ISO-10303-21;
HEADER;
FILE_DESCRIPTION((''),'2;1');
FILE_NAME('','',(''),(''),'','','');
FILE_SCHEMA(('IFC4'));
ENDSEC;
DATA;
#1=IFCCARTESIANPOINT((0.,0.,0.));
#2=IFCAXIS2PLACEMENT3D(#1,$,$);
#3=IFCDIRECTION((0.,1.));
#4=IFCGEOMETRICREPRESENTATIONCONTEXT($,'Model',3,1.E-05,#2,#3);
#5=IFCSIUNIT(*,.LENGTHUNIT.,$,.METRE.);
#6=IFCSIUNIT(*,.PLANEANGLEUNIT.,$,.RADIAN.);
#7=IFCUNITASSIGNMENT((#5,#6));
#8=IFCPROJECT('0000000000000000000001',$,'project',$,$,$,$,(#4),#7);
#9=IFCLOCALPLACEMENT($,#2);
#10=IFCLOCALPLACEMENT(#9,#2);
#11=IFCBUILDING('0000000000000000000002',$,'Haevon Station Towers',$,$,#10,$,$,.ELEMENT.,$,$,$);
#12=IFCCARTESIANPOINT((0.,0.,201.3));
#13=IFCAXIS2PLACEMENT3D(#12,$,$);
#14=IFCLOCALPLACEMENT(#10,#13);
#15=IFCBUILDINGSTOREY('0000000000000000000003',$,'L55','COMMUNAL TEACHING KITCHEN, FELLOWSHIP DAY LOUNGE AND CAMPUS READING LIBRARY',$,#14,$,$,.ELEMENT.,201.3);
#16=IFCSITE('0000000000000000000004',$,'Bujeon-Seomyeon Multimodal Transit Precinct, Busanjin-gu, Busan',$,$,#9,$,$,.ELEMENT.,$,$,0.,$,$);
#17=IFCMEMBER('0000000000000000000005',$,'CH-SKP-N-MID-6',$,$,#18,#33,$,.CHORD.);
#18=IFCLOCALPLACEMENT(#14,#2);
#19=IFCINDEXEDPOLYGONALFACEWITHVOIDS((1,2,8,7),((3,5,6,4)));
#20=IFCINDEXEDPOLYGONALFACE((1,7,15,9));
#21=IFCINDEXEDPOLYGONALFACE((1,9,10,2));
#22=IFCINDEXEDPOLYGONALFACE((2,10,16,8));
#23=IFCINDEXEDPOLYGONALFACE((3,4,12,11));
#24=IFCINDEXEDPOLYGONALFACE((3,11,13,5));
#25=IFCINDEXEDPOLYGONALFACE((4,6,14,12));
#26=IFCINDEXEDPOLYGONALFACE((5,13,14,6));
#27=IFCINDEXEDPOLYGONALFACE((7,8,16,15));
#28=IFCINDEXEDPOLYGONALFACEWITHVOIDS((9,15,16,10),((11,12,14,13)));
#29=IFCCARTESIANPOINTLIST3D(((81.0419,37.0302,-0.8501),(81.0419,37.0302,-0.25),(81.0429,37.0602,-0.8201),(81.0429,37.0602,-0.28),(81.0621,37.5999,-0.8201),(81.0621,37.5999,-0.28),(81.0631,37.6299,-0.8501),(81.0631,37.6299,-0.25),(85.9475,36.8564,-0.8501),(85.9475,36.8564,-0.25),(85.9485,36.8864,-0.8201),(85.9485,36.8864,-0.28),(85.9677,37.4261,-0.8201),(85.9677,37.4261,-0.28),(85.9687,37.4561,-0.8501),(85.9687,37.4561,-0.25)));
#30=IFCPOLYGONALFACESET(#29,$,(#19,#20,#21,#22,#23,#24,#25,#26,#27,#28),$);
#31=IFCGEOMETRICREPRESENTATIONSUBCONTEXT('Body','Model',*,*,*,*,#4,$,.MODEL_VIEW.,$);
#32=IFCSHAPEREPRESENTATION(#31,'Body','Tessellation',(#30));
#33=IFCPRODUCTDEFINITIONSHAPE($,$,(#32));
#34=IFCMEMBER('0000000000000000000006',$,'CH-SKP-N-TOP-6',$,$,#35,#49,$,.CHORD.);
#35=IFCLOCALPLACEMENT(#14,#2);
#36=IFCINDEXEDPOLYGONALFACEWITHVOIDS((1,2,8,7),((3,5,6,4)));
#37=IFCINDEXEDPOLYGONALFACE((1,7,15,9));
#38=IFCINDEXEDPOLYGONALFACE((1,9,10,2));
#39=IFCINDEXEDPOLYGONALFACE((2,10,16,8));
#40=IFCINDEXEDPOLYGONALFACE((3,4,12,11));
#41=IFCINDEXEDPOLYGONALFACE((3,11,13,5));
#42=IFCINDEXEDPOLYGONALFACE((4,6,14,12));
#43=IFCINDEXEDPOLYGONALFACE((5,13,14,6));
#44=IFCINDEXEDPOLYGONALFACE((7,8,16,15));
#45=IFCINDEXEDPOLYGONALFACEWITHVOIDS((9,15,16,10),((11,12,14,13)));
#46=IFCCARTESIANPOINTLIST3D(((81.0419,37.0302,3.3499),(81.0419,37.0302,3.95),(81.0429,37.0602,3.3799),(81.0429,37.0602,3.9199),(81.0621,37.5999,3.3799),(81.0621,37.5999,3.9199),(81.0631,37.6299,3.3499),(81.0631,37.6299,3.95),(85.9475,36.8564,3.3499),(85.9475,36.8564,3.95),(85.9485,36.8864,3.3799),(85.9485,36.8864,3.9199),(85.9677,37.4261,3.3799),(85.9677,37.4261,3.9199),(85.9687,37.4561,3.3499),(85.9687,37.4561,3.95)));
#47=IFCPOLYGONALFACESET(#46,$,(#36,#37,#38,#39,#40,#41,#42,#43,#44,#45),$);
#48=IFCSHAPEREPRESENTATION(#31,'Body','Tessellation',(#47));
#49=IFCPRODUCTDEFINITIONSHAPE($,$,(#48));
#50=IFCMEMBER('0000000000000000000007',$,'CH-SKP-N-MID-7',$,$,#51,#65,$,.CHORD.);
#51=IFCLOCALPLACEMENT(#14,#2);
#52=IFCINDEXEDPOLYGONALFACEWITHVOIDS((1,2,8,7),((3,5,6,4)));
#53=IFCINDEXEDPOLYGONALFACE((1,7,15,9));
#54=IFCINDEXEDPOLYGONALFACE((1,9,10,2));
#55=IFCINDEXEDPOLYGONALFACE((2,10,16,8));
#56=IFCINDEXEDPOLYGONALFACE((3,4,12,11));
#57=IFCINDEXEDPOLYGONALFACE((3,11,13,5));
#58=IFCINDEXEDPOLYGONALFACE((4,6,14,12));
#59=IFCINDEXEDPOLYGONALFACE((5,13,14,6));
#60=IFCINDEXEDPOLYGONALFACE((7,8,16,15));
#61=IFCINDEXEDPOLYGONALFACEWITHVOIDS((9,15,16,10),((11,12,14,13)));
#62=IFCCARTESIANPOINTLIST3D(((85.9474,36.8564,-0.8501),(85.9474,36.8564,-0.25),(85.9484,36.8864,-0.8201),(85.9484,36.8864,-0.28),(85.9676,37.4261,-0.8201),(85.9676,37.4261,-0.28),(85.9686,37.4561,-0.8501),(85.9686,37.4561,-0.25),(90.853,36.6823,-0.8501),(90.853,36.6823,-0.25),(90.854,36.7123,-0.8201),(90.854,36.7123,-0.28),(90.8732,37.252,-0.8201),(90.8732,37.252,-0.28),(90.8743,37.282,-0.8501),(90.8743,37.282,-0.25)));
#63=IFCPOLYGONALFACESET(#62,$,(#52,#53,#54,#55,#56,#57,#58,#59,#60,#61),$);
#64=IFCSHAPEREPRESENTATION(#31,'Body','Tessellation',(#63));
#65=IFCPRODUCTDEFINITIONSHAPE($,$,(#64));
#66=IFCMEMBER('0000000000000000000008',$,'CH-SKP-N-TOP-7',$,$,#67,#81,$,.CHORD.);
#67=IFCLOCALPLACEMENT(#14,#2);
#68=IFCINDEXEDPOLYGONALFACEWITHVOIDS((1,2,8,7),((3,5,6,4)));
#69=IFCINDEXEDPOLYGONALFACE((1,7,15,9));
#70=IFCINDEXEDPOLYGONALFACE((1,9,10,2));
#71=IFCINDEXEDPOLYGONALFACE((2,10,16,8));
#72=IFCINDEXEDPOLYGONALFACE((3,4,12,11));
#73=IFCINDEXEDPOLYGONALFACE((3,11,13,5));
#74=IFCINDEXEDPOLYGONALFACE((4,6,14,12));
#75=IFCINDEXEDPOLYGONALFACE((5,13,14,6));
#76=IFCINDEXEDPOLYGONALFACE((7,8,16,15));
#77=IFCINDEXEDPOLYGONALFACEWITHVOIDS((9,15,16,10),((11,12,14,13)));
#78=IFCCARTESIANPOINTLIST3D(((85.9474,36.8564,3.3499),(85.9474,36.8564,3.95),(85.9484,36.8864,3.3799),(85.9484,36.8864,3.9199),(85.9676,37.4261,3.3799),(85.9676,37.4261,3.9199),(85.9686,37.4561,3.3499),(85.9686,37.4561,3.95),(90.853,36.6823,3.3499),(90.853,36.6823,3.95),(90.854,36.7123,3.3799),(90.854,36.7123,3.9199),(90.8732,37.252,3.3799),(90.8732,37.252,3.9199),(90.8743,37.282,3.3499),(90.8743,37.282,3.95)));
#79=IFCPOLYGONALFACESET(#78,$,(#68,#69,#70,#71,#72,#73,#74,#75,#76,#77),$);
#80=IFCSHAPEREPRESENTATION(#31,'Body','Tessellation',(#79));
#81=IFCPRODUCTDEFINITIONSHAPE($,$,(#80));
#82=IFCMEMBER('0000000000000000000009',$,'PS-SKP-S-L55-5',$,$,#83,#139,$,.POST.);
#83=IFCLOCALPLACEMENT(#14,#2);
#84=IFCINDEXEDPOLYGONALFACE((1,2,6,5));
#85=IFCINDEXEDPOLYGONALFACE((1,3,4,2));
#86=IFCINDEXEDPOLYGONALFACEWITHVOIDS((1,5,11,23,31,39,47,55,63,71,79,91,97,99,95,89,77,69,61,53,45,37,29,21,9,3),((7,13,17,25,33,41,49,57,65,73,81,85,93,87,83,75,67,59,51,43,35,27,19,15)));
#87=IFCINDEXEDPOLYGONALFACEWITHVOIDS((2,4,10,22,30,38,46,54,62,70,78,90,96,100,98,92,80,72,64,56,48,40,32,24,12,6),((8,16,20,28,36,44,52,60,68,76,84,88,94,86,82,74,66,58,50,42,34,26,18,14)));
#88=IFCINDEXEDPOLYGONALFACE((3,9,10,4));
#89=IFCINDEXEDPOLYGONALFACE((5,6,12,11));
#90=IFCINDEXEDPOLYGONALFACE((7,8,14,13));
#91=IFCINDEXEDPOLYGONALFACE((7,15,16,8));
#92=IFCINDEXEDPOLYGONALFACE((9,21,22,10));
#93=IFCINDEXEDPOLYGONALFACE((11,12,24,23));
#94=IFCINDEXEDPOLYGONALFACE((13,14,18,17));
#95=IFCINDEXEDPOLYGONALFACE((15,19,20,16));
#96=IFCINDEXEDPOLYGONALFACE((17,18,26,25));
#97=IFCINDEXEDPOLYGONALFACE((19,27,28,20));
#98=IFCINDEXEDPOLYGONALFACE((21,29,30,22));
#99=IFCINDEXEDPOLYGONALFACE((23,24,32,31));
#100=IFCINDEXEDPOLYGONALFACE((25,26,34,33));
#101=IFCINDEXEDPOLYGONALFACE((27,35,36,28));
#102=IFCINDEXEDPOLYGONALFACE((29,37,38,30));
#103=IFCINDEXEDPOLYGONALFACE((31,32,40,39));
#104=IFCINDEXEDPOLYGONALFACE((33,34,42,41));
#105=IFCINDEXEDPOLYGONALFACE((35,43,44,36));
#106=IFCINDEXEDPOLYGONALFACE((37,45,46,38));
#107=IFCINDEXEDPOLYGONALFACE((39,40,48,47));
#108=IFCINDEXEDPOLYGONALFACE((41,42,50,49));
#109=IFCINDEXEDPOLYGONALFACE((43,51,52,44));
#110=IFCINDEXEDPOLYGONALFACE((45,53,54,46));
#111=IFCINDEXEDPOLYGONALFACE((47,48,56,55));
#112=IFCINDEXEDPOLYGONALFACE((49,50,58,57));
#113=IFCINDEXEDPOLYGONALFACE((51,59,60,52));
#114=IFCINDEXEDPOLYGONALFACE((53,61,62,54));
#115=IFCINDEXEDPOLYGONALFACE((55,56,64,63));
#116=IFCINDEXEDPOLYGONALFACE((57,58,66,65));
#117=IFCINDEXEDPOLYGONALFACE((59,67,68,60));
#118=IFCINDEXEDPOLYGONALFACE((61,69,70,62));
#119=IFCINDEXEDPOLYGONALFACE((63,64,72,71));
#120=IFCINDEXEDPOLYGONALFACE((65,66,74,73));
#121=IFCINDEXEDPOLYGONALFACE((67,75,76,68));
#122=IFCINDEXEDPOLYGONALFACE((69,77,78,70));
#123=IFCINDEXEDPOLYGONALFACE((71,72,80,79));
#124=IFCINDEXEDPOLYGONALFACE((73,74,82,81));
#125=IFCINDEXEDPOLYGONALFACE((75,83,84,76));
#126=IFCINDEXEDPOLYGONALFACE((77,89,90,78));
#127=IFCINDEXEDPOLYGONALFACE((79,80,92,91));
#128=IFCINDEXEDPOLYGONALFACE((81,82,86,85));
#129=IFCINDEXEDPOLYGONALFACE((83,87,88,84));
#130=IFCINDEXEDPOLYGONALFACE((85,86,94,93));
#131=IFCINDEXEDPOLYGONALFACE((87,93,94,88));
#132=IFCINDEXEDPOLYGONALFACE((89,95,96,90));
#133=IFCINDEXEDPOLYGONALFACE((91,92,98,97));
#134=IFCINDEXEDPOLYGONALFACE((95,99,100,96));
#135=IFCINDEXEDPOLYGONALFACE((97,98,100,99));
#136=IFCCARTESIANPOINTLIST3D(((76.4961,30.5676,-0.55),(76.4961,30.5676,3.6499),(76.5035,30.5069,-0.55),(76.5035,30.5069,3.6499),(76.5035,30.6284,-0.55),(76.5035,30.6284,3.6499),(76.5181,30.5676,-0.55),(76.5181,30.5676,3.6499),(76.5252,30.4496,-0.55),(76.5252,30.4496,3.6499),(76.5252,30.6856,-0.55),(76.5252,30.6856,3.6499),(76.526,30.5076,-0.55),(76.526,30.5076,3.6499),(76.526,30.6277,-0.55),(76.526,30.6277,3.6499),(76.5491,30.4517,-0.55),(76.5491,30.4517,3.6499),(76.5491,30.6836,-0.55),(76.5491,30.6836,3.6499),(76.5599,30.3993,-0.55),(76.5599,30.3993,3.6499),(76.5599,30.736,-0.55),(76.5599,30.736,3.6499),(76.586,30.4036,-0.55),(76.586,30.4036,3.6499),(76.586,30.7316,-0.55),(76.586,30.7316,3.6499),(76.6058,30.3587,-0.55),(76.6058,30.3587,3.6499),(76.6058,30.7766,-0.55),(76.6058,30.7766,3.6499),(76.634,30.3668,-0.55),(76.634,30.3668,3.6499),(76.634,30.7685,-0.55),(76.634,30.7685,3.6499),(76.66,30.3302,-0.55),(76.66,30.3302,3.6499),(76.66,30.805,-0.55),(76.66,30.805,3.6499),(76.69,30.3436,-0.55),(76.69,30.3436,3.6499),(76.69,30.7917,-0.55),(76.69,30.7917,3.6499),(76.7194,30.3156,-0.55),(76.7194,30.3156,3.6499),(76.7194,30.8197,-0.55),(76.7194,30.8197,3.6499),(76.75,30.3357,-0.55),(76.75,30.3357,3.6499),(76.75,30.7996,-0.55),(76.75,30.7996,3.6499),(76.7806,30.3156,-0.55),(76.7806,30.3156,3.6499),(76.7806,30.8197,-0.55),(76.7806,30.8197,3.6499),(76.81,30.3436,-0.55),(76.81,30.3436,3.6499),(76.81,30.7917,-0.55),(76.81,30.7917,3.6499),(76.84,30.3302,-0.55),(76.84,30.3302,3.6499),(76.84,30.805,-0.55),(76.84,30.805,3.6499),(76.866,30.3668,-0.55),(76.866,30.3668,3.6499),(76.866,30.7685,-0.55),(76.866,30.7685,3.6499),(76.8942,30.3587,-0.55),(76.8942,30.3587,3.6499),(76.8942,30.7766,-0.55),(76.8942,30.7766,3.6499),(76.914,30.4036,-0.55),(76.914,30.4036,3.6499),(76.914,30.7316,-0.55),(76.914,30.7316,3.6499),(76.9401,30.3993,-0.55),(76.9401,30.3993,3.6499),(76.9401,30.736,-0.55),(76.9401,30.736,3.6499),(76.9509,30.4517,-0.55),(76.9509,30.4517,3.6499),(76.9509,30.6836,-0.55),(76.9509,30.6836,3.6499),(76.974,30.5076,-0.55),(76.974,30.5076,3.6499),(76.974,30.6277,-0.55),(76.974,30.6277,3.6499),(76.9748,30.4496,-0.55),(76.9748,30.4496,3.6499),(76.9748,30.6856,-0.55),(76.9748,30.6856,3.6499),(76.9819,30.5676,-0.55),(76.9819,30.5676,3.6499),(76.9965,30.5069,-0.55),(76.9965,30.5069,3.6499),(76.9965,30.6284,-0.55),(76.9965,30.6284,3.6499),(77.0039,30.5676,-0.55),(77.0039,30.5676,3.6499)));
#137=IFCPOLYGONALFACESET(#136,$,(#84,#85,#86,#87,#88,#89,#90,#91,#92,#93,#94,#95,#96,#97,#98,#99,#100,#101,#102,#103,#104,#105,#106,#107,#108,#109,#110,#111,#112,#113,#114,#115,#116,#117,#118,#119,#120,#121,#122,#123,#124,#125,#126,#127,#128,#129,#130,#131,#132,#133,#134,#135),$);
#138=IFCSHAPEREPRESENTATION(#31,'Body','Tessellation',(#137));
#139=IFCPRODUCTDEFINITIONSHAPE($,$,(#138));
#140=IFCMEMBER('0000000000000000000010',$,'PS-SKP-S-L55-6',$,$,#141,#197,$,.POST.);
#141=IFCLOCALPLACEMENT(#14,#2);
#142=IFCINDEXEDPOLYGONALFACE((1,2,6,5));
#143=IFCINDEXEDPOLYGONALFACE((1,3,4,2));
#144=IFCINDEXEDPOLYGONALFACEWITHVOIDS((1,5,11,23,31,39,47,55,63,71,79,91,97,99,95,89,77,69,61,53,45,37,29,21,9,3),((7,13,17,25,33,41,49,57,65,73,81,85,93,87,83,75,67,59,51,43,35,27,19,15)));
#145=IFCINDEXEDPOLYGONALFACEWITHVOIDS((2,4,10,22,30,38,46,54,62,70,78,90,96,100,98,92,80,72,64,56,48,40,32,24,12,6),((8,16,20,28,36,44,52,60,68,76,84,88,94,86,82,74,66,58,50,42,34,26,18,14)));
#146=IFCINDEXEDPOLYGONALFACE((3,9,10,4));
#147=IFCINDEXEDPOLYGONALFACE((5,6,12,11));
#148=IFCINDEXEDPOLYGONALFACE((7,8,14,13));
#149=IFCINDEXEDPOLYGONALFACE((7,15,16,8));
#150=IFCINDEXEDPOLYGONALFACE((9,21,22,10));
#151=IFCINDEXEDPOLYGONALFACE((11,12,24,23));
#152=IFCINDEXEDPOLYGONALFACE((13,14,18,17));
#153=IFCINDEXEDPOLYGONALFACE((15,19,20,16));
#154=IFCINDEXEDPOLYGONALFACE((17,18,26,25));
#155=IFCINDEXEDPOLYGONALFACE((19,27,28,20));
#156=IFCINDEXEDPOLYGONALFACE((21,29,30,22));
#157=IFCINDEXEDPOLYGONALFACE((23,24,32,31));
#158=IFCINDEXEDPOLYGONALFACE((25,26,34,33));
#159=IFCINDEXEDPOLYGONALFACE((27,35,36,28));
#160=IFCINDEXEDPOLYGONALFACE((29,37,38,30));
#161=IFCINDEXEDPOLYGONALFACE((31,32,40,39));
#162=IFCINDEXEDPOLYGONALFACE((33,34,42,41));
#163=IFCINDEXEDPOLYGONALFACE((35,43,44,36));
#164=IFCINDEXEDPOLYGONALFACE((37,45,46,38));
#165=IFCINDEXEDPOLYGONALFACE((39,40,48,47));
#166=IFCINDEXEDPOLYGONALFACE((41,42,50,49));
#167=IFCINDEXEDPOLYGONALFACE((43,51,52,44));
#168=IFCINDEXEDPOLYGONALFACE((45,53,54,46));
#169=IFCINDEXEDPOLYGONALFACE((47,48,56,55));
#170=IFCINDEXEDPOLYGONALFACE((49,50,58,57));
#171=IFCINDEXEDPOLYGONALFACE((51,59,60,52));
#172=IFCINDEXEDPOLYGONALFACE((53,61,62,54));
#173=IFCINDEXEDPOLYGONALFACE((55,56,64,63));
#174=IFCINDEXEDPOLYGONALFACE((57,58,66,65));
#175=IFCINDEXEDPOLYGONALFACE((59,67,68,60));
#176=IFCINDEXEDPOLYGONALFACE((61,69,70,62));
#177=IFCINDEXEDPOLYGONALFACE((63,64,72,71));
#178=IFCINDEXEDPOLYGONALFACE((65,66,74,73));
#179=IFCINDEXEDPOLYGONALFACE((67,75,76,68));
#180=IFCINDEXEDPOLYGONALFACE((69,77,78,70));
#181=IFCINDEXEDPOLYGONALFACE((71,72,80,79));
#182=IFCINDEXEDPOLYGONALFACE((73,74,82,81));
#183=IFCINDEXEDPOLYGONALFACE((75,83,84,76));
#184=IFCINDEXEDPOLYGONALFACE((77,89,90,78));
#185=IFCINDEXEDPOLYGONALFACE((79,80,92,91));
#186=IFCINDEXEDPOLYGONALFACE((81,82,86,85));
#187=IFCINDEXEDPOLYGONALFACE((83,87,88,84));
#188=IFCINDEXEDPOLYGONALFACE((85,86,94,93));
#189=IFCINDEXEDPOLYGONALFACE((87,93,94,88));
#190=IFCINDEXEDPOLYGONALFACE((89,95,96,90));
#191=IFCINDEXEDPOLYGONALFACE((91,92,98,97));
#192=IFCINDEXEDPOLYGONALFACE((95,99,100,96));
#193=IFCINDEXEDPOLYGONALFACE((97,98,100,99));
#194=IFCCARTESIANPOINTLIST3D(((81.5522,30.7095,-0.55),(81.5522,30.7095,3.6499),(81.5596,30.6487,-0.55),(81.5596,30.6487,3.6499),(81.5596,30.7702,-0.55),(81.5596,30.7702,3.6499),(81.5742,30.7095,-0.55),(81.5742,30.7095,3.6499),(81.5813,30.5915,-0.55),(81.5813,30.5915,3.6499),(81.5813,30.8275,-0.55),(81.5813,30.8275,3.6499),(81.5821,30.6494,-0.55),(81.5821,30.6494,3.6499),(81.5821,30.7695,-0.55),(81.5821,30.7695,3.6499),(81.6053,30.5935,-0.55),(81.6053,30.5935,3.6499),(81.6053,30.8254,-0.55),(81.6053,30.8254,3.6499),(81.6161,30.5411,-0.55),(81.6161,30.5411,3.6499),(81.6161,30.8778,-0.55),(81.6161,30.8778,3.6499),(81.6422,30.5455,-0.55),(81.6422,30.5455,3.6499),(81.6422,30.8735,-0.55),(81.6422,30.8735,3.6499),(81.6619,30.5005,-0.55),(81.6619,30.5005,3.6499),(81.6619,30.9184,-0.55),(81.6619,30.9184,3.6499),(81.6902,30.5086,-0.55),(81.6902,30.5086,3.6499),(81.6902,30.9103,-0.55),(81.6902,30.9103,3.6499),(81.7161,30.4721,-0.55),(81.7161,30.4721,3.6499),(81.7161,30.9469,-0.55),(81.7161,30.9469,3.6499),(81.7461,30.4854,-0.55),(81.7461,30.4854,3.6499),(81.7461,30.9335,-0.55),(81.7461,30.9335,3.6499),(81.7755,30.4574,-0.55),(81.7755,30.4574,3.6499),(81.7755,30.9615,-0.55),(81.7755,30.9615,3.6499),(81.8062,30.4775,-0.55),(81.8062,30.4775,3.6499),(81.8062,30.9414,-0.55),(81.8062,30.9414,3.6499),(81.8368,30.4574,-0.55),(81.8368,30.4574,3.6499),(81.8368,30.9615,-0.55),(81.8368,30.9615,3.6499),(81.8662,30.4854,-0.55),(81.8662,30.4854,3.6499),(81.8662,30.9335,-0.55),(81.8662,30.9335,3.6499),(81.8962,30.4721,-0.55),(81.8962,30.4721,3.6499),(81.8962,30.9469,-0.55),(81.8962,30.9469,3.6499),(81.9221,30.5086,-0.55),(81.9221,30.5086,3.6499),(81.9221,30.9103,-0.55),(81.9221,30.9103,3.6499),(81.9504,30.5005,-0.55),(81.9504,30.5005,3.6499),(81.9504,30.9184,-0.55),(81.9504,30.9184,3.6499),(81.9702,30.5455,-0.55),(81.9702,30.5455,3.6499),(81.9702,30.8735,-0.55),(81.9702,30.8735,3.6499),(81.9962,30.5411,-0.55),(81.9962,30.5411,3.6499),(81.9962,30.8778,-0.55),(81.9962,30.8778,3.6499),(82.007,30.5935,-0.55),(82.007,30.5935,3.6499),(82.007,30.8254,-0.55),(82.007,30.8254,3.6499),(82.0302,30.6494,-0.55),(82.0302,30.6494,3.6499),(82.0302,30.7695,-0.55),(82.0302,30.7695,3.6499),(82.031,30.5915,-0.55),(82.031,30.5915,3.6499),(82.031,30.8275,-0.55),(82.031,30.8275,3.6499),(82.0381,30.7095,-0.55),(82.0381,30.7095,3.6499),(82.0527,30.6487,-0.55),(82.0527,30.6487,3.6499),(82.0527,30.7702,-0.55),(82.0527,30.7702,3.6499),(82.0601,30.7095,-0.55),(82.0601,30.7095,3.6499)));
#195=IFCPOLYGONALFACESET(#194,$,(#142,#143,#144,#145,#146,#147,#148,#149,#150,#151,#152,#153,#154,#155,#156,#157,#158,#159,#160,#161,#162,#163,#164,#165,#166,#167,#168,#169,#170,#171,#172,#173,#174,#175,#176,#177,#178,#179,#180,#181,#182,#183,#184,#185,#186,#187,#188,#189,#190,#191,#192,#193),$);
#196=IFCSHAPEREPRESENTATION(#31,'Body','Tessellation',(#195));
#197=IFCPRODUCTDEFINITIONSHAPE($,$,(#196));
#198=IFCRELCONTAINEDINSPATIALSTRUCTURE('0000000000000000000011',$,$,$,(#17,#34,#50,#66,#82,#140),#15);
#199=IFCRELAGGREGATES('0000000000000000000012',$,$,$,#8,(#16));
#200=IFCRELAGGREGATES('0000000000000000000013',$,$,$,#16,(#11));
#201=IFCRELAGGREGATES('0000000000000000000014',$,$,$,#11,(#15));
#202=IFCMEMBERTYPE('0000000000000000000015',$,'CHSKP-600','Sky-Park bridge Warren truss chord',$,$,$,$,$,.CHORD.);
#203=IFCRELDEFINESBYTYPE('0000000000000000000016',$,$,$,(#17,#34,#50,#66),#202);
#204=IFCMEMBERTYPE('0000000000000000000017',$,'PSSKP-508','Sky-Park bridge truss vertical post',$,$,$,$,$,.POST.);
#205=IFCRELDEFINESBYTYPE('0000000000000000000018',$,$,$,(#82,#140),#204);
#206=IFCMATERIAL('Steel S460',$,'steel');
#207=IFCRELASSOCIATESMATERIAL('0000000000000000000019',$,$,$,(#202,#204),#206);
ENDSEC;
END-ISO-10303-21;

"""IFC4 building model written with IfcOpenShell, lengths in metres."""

from ifc_helpers import new_model, si_unit, direction, frame, origin, origin_2d, place, context, subcontext, project, spatial, hollow_rectangle, hollow_circle, extrude, material, material_profile, profile_set, type_object, element, save


model = new_model("IFC4")

# Units and contexts
model_context = context("Model", 3, precision=1e-05, world=origin(), true_north=direction((0.0, 1.0)))
body_context = subcontext(model_context, "Body", "Model", "MODEL_VIEW")
ifc_project = project(units=[si_unit("LENGTHUNIT", "METRE"), si_unit("PLANEANGLEUNIT", "RADIAN")], contexts=[model_context])

# Site, building, storey
site_placement = place(None, origin())
site = spatial("IfcSite", under=ifc_project, at=site_placement, Name="Bujeon-Seomyeon Multimodal Transit Precinct, Busanjin-gu, Busan", CompositionType="ELEMENT", RefElevation=0.0)
building_placement = place(site_placement, origin())
building = spatial("IfcBuilding", under=site, at=building_placement, Name="Haevon Station Towers", CompositionType="ELEMENT")
storey_placement = place(building_placement, frame((0.0, 0.0, 201.3)))
storey = spatial("IfcBuildingStorey", under=building, at=storey_placement, Name="L55", Description="COMMUNAL TEACHING KITCHEN, FELLOWSHIP DAY LOUNGE AND CAMPUS READING LIBRARY", CompositionType="ELEMENT", Elevation=201.3)

# Members
ifc_material_1 = material(Name="Steel S460", Category="steel")
ifc_material_profile_1 = material_profile(ifc_material_1, hollow_rectangle(XDim=0.6001, YDim=0.6001, WallThickness=0.03, at=origin_2d()), Name="RHS-600x600x30")
ifc_profile_set_1 = profile_set([ifc_material_profile_1], Name="Steel S460")
member_type_1 = type_object("IfcMemberType", Name="CHSKP-600", Description="Sky-Park bridge Warren truss chord", PredefinedType="CHORD", material=ifc_profile_set_1)
for number, where, z_axis, x_axis, name in (
    (1, (81.0525, 37.3301, -0.55), (0.999373, -0.035413, 0.0), (0.035413, 0.999373, 0.0), "CH-SKP-N-MID-6"),
    (2, (81.0525, 37.3301, 3.6499), (0.999373, -0.035413, 0.0), (0.035413, 0.999373, 0.0), "CH-SKP-N-TOP-6"),
    (3, (85.958, 37.1562, -0.55), (0.999371, -0.035463, 0.0), (0.035463, 0.999371, 0.0), "CH-SKP-N-MID-7"),
    (4, (85.958, 37.1562, 3.6499), (0.999371, -0.035463, 0.0), (0.035463, 0.999371, 0.0), "CH-SKP-N-TOP-7"),
):
    element("IfcMember", number, at=place(storey_placement, frame(where, z_axis=z_axis, x_axis=x_axis)), inside=storey, type_object=member_type_1, Name=name, PredefinedType="CHORD", context=body_context, shape_type="SweptSolid", body=[
        extrude(hollow_rectangle(XDim=0.6001, YDim=0.6001, WallThickness=0.03, at=origin_2d()), origin(), (0.0, 0.0, 1.0), 4.9087),
    ])
ifc_material_profile_2 = material_profile(ifc_material_1, hollow_circle(Radius=0.2539, WallThickness=0.022, at=origin_2d()), Name="CHS-508x22")
ifc_profile_set_2 = profile_set([ifc_material_profile_2], Name="Steel S460")
member_type_2 = type_object("IfcMemberType", Name="PSSKP-508", Description="Sky-Park bridge truss vertical post", PredefinedType="POST", material=ifc_profile_set_2)
for number, where, z_axis, x_axis, name in (
    (5, (76.75, 30.5676, -0.55), (0.0, 0.0, 1.0), (1.0, 0.0, 0.0), "PS-SKP-S-L55-5"),
    (6, (81.8062, 30.7095, -0.55), (0.0, 0.0, 1.0), (1.0, 0.0, 0.0), "PS-SKP-S-L55-6"),
):
    element("IfcMember", number, at=place(storey_placement, frame(where, z_axis=z_axis, x_axis=x_axis)), inside=storey, type_object=member_type_2, Name=name, PredefinedType="POST", context=body_context, shape_type="SweptSolid", body=[
        extrude(hollow_circle(Radius=0.2539, WallThickness=0.022, at=origin_2d()), origin(), (0.0, 0.0, 1.0), 4.2),
    ])

save(model, "model.ifc")
